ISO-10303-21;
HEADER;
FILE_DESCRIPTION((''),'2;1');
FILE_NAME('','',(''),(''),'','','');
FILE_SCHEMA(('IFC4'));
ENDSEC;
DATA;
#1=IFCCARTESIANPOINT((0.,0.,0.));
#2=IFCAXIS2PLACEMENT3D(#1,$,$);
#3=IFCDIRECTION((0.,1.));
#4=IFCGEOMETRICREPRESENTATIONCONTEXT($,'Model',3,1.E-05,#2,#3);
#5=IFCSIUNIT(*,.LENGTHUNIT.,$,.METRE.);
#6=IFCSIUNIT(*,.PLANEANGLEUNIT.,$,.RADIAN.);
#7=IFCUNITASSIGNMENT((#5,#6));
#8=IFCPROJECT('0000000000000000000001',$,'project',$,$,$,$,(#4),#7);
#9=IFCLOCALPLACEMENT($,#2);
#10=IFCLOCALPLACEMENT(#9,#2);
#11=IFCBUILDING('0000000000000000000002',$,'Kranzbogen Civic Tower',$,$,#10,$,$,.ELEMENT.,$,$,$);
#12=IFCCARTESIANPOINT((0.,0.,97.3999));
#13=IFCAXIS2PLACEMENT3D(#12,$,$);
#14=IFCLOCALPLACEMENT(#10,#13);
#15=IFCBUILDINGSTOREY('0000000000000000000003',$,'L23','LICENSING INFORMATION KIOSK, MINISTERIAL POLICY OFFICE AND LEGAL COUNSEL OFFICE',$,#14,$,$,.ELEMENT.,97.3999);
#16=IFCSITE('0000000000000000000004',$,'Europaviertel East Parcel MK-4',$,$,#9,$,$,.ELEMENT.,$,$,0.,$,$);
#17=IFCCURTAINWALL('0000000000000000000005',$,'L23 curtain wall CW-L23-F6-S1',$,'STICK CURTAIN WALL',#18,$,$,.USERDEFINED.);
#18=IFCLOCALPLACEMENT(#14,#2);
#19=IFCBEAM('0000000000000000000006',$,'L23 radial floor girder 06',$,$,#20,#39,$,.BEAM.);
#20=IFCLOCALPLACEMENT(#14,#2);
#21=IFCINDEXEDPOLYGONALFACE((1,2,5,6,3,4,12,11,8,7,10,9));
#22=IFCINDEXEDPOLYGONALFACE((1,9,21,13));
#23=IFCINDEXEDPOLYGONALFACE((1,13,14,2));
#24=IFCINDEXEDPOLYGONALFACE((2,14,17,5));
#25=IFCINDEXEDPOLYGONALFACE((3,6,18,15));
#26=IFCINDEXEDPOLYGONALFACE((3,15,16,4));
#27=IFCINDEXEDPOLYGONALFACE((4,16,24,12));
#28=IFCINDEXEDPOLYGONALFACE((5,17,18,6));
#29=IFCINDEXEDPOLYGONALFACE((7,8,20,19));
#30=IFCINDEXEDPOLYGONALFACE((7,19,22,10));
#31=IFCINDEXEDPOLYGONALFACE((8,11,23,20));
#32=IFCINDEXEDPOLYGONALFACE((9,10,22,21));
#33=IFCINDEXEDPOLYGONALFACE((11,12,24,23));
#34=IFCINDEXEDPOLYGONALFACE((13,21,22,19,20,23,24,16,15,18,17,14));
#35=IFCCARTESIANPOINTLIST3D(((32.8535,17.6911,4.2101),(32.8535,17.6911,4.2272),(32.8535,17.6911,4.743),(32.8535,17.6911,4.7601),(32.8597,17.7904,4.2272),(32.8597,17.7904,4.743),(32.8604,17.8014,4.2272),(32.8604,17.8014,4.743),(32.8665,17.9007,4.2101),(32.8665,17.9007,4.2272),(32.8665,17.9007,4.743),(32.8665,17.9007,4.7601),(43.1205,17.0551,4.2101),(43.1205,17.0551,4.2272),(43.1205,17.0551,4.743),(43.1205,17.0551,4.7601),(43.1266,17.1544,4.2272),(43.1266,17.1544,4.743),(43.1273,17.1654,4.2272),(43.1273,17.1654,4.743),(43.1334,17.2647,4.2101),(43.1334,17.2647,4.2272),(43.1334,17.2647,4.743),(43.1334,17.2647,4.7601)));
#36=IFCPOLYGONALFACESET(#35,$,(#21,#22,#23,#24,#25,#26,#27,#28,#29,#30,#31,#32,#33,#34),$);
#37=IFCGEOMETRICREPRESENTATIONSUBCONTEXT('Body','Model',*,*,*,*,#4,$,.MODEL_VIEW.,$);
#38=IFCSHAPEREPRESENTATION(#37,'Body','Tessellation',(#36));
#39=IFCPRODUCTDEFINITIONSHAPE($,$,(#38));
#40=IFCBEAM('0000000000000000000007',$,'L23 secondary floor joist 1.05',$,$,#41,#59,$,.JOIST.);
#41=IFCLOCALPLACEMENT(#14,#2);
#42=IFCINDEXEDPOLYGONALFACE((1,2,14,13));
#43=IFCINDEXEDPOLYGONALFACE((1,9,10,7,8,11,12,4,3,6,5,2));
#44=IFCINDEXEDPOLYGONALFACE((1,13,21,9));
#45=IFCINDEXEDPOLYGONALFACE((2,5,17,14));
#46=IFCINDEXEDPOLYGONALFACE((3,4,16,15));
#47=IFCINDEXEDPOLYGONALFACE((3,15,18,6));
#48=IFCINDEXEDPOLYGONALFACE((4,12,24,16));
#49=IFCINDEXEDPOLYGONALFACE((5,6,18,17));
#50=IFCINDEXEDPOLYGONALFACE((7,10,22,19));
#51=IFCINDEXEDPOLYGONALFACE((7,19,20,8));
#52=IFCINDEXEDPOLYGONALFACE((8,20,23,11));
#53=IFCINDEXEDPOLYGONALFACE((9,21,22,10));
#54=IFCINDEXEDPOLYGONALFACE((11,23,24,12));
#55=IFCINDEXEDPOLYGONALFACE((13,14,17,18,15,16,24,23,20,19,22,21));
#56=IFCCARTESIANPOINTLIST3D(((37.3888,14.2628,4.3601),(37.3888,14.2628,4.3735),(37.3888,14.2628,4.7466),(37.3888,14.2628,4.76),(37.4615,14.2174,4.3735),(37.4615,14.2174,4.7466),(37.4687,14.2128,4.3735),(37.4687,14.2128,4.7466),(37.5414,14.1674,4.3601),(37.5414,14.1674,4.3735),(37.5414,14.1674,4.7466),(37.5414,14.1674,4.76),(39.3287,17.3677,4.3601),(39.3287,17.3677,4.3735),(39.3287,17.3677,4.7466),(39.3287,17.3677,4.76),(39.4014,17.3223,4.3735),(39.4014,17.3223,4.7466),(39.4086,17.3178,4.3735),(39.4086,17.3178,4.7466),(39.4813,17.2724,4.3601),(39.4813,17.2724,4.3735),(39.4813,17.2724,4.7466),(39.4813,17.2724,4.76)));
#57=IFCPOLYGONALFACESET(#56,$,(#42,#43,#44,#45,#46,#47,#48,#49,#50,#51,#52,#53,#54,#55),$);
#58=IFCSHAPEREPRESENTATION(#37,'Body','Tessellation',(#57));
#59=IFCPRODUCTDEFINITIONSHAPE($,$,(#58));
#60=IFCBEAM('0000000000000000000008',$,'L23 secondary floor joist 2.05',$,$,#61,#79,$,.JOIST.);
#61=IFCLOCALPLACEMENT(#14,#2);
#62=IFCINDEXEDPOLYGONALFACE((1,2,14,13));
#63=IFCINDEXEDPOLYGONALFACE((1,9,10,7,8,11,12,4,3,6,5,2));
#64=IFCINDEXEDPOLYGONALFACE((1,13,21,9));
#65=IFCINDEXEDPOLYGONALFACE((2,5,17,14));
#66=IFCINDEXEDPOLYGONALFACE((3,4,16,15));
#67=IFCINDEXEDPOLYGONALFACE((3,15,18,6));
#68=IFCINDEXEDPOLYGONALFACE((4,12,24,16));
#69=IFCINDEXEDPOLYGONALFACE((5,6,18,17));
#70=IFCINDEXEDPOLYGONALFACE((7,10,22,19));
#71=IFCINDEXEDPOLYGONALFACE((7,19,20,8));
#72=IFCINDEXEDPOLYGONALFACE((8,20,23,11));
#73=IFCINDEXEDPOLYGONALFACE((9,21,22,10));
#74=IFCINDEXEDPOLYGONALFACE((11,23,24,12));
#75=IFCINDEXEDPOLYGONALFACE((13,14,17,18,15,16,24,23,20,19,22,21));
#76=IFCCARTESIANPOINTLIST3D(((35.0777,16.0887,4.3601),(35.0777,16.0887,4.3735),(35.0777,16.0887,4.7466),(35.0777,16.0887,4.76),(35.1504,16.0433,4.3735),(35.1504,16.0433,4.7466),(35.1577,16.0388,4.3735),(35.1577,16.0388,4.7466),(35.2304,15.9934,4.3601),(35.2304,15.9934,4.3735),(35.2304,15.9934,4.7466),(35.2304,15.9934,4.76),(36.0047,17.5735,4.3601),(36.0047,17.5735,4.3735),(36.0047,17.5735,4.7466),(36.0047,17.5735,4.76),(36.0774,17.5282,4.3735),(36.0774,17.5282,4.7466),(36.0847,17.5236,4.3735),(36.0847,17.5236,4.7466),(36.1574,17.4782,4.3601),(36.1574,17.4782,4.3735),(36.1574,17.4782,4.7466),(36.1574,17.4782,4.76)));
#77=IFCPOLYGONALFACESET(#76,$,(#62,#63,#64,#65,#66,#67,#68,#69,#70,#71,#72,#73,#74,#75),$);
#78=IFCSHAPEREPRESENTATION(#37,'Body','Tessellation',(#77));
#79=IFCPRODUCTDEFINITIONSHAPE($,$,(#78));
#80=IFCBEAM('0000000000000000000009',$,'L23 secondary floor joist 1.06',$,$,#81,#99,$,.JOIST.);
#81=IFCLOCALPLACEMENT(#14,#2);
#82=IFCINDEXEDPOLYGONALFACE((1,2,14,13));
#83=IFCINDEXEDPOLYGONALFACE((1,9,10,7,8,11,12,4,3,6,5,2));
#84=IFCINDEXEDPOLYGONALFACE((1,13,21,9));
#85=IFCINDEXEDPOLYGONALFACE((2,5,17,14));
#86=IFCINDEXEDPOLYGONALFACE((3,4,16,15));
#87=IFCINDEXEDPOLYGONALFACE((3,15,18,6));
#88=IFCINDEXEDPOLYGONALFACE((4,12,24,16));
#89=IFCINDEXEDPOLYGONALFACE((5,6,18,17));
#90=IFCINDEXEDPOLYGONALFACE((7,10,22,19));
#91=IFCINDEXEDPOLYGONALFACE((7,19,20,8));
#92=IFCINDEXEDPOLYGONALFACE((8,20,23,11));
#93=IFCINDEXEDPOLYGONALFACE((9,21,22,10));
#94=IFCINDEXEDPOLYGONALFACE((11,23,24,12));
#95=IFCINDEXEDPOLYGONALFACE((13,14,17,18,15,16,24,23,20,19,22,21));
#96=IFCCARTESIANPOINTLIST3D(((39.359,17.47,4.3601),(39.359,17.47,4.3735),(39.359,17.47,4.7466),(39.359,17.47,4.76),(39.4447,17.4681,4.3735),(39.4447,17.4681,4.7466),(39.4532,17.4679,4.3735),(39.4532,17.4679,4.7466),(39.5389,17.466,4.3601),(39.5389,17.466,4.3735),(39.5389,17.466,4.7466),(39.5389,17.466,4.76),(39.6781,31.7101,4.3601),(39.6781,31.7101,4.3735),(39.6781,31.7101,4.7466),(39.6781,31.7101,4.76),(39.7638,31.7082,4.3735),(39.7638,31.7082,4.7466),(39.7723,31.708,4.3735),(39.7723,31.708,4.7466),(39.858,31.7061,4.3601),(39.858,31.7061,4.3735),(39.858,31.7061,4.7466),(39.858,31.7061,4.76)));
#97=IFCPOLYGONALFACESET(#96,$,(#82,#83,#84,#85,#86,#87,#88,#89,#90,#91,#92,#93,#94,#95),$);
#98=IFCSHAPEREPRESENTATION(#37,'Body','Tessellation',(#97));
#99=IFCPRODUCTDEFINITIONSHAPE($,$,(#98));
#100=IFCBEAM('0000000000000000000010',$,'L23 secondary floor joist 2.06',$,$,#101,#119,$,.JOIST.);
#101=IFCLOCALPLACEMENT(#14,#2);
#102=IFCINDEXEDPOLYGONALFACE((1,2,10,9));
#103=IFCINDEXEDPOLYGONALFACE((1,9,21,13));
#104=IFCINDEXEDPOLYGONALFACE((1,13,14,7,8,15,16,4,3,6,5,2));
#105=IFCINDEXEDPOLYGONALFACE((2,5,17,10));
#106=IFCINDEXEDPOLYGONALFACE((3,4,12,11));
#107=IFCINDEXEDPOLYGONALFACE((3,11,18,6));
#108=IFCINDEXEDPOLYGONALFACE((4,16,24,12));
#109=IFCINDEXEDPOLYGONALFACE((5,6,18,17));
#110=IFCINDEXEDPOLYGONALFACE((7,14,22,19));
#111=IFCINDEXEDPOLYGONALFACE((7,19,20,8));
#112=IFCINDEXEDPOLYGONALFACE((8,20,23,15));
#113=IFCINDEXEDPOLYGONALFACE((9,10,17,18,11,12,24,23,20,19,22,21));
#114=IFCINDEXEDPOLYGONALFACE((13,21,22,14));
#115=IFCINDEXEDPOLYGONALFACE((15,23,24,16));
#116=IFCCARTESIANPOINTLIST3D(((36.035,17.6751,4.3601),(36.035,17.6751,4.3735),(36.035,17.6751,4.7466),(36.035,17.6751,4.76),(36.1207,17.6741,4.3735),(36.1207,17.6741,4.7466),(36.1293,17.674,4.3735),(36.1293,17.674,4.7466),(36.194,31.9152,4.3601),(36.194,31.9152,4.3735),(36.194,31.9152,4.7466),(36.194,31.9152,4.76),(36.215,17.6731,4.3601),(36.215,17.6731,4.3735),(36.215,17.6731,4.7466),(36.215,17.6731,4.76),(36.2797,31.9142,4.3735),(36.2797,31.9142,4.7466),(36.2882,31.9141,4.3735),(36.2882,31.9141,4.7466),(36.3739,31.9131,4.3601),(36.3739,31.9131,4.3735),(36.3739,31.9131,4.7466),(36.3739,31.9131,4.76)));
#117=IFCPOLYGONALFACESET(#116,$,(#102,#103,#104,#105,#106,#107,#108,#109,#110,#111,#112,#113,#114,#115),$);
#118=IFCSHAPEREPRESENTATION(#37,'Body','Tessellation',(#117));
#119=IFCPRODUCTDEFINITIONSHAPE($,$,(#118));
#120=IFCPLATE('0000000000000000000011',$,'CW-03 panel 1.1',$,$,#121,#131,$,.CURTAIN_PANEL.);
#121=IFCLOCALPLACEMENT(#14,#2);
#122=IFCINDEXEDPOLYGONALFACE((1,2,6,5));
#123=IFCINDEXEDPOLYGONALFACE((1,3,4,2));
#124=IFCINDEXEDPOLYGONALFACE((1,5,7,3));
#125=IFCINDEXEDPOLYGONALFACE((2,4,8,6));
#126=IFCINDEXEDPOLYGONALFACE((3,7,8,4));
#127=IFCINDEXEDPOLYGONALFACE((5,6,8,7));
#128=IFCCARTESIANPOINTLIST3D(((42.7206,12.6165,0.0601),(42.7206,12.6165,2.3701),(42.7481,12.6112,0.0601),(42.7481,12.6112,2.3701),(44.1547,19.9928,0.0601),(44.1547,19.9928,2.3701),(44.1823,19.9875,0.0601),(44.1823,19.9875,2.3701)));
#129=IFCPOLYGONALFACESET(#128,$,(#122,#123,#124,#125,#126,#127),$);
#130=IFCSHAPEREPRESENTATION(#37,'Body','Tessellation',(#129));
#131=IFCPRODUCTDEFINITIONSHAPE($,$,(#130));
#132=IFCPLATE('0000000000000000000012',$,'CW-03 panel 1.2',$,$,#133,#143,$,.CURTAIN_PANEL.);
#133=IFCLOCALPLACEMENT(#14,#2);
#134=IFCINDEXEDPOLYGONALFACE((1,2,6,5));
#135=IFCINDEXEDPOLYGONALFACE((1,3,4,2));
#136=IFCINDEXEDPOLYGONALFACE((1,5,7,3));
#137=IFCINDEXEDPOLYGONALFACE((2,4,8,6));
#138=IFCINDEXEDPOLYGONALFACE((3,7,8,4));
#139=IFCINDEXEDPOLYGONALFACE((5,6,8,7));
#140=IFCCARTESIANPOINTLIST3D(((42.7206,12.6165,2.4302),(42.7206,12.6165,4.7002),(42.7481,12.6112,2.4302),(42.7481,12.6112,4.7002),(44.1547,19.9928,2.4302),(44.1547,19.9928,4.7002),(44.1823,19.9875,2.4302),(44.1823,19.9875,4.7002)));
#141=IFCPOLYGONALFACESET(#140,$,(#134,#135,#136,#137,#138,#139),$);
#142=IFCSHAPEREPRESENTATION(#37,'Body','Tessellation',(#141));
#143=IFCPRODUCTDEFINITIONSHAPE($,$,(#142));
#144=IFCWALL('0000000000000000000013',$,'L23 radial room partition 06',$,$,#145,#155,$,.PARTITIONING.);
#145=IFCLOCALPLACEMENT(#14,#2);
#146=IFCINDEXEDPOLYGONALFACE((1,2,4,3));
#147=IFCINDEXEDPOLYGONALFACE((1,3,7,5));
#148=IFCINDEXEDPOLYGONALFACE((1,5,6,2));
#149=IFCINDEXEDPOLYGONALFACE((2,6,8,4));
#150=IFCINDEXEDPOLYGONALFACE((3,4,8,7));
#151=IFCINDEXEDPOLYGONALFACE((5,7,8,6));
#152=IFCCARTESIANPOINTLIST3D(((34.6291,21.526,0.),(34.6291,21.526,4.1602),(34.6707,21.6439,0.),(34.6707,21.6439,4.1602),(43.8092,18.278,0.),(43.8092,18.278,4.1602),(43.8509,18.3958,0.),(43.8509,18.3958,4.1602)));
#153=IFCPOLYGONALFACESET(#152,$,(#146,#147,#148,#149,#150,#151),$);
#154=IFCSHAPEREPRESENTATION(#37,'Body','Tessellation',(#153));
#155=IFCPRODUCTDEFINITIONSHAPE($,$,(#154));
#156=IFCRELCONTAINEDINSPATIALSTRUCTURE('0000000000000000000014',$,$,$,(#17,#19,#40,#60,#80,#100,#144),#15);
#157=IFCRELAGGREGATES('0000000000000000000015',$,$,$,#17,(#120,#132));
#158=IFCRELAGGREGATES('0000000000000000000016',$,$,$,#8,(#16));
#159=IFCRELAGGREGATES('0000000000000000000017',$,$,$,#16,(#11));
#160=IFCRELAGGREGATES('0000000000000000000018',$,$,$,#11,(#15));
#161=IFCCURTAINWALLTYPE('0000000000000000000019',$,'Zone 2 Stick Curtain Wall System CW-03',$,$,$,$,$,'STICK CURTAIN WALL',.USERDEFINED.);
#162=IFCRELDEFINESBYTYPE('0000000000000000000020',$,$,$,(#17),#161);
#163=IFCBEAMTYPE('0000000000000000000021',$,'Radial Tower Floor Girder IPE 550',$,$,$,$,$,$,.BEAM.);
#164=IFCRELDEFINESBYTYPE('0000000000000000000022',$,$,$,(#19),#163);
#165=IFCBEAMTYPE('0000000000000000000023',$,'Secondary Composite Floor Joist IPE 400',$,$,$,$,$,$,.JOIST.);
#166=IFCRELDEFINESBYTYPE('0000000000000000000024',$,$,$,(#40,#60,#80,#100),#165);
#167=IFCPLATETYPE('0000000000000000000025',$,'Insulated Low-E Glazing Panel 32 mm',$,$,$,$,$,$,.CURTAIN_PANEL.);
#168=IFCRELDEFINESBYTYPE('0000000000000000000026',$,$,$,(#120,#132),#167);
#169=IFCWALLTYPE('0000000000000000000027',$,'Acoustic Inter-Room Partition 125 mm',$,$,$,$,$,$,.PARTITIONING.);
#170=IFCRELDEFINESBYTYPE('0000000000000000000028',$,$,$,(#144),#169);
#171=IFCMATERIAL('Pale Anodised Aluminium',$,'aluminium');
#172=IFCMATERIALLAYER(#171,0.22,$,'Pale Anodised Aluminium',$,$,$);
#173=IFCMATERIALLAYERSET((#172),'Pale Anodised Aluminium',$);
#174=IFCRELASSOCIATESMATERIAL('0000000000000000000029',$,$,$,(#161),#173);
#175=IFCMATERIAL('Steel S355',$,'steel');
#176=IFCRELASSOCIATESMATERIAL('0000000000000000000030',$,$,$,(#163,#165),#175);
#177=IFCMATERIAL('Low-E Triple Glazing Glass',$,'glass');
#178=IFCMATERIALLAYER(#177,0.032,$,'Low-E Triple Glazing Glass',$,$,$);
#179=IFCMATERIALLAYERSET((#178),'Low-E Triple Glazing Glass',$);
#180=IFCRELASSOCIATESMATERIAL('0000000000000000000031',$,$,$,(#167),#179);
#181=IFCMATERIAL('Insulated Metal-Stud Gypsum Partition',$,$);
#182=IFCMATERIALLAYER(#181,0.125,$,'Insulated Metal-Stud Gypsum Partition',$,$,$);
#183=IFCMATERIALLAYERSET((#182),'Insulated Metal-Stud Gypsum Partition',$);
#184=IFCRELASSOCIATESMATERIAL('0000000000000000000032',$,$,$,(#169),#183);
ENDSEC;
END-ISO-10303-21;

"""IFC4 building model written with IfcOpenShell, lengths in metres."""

from ifc_helpers import new_model, si_unit, direction, frame, frame_2d, origin, origin_2d, place, context, subcontext, project, spatial, rectangle, i_section, extrude, material, layer, layer_set, material_profile, profile_set, type_object, element, aggregate, save


model = new_model("IFC4")

# Units and contexts
model_context = context("Model", 3, precision=1e-05, world=origin(), true_north=direction((0.0, 1.0)))
body_context = subcontext(model_context, "Body", "Model", "MODEL_VIEW")
ifc_project = project(units=[si_unit("LENGTHUNIT", "METRE"), si_unit("PLANEANGLEUNIT", "RADIAN")], contexts=[model_context])

# Site, building, storey
site_placement = place(None, origin())
site = spatial("IfcSite", under=ifc_project, at=site_placement, Name="Europaviertel East Parcel MK-4", CompositionType="ELEMENT", RefElevation=0.0)
building_placement = place(site_placement, origin())
building = spatial("IfcBuilding", under=site, at=building_placement, Name="Kranzbogen Civic Tower", CompositionType="ELEMENT")
storey_placement = place(building_placement, frame((0.0, 0.0, 97.3999)))
storey = spatial("IfcBuildingStorey", under=building, at=storey_placement, Name="L23", Description="LICENSING INFORMATION KIOSK, MINISTERIAL POLICY OFFICE AND LEGAL COUNSEL OFFICE", CompositionType="ELEMENT", Elevation=97.3999)

# Curtain wall
ifc_material_1 = material(Name="Pale Anodised Aluminium", Category="aluminium")
ifc_layer_1 = layer(ifc_material_1, 0.22, Name="Pale Anodised Aluminium")
ifc_layer_set_1 = layer_set([ifc_layer_1], Name="Pale Anodised Aluminium")
curtain_wall_type = type_object("IfcCurtainWallType", Name="Zone 2 Stick Curtain Wall System CW-03", ElementType="STICK CURTAIN WALL", PredefinedType="USERDEFINED", material=ifc_layer_set_1)
curtain_wall_1_placement = place(storey_placement, origin())
curtain_wall_1 = element("IfcCurtainWall", 1, at=curtain_wall_1_placement, inside=storey, type_object=curtain_wall_type, Name="L23 curtain wall CW-L23-F6-S1", ObjectType="STICK CURTAIN WALL", PredefinedType="USERDEFINED")

# Beams
ifc_material_2 = material(Name="Steel S355", Category="steel")
ifc_material_profile_1 = material_profile(ifc_material_2, i_section(OverallWidth=0.21, OverallDepth=0.55, WebThickness=0.011, FlangeThickness=0.0171, at=origin_2d()), Name="IPE 550")
ifc_profile_set_1 = profile_set([ifc_material_profile_1], Name="Steel S355")
beam_type_1 = type_object("IfcBeamType", Name="Radial Tower Floor Girder IPE 550", PredefinedType="BEAM", material=ifc_profile_set_1)
beam_1_placement = place(storey_placement, frame((43.127, 17.1599, 4.4851), z_axis=(-0.998087, 0.061827, 0.0), x_axis=(-0.061827, -0.998087, 0.0)))
element("IfcBeam", 2, at=beam_1_placement, inside=storey, type_object=beam_type_1, Name="L23 radial floor girder 06", PredefinedType="BEAM", context=body_context, shape_type="SweptSolid", body=[
    extrude(i_section(OverallWidth=0.21, OverallDepth=0.55, WebThickness=0.011, FlangeThickness=0.0171, at=origin_2d()), origin(), (0.0, 0.0, 1.0), 10.2866),
])
ifc_material_profile_2 = material_profile(ifc_material_2, i_section(OverallWidth=0.1799, OverallDepth=0.3999, WebThickness=0.0085, FlangeThickness=0.0134, at=origin_2d()), Name="IPE 400")
ifc_profile_set_2 = profile_set([ifc_material_profile_2], Name="Steel S355")
beam_type_2 = type_object("IfcBeamType", Name="Secondary Composite Floor Joist IPE 400", PredefinedType="JOIST", material=ifc_profile_set_2)
beam_2_placement = place(storey_placement, frame((37.4651, 14.2151, 4.5601), z_axis=(0.529867, 0.848081, 0.0), x_axis=(-0.848081, 0.529867, 0.0)))
element("IfcBeam", 3, at=beam_2_placement, inside=storey, type_object=beam_type_2, Name="L23 secondary floor joist 1.05", PredefinedType="JOIST", context=body_context, shape_type="SweptSolid", body=[
    extrude(i_section(OverallWidth=0.1799, OverallDepth=0.3999, WebThickness=0.0085, FlangeThickness=0.0134, at=origin_2d()), origin(), (0.0, 0.0, 1.0), 3.6611),
])
beam_3_placement = place(storey_placement, frame((35.1541, 16.041, 4.5601), z_axis=(0.529573, 0.848265, 0.0), x_axis=(-0.848265, 0.529573, 0.0)))
element("IfcBeam", 4, at=beam_3_placement, inside=storey, type_object=beam_type_2, Name="L23 secondary floor joist 2.05", PredefinedType="JOIST", context=body_context, shape_type="SweptSolid", body=[
    extrude(i_section(OverallWidth=0.1799, OverallDepth=0.3999, WebThickness=0.0085, FlangeThickness=0.0134, at=origin_2d()), origin(), (0.0, 0.0, 1.0), 1.7505),
])
beam_4_placement = place(storey_placement, frame((39.449, 17.468, 4.5601), z_axis=(0.022403, 0.999749, 0.0), x_axis=(-0.999749, 0.022403, 0.0)))
element("IfcBeam", 5, at=beam_4_placement, inside=storey, type_object=beam_type_2, Name="L23 secondary floor joist 1.06", PredefinedType="JOIST", context=body_context, shape_type="SweptSolid", body=[
    extrude(i_section(OverallWidth=0.1799, OverallDepth=0.3999, WebThickness=0.0085, FlangeThickness=0.0134, at=origin_2d()), origin(), (0.0, 0.0, 1.0), 14.2437),
])
beam_5_placement = place(storey_placement, frame((36.125, 17.6741, 4.5601), z_axis=(0.011161, 0.999938, 0.0), x_axis=(-0.999938, 0.011161, 0.0)))
element("IfcBeam", 6, at=beam_5_placement, inside=storey, type_object=beam_type_2, Name="L23 secondary floor joist 2.06", PredefinedType="JOIST", context=body_context, shape_type="SweptSolid", body=[
    extrude(i_section(OverallWidth=0.1799, OverallDepth=0.3999, WebThickness=0.0085, FlangeThickness=0.0134, at=origin_2d()), origin(), (0.0, 0.0, 1.0), 14.241),
])

# Plates
ifc_material_3 = material(Name="Low-E Triple Glazing Glass", Category="glass")
ifc_layer_2 = layer(ifc_material_3, 0.032, Name="Low-E Triple Glazing Glass")
ifc_layer_set_2 = layer_set([ifc_layer_2], Name="Low-E Triple Glazing Glass")
plate_type = type_object("IfcPlateType", Name="Insulated Low-E Glazing Panel 32 mm", PredefinedType="CURTAIN_PANEL", material=ifc_layer_set_2)
plate_1_placement = place(storey_placement, frame((43.4514, 16.302, 0.0601), z_axis=(0.0, 0.0, 1.0), x_axis=(0.190849, 0.981619, 0.0)))
plate_1 = element("IfcPlate", 7, at=plate_1_placement, type_object=plate_type, Name="CW-03 panel 1.1", PredefinedType="CURTAIN_PANEL", context=body_context, shape_type="SweptSolid", body=[
    extrude(rectangle(XDim=7.5144, YDim=0.0281, at=origin_2d()), origin(), (0.0, 0.0, 1.0), 2.3101),
])
plate_2_placement = place(storey_placement, frame((43.4514, 16.302, 2.4302), z_axis=(0.0, 0.0, 1.0), x_axis=(0.190849, 0.981619, 0.0)))
plate_2 = element("IfcPlate", 8, at=plate_2_placement, type_object=plate_type, Name="CW-03 panel 1.2", PredefinedType="CURTAIN_PANEL", context=body_context, shape_type="SweptSolid", body=[
    extrude(rectangle(XDim=7.5144, YDim=0.0281, at=origin_2d()), origin(), (0.0, 0.0, 1.0), 2.27),
])
aggregate(curtain_wall_1, [plate_1, plate_2])

# Wall
ifc_material_4 = material(Name="Insulated Metal-Stud Gypsum Partition")
ifc_layer_3 = layer(ifc_material_4, 0.125, Name="Insulated Metal-Stud Gypsum Partition")
ifc_layer_set_3 = layer_set([ifc_layer_3], Name="Insulated Metal-Stud Gypsum Partition")
wall_type_1 = type_object("IfcWallType", Name="Acoustic Inter-Room Partition 125 mm", PredefinedType="PARTITIONING", material=ifc_layer_set_3)
wall_1_placement = place(storey_placement, frame((34.6499, 21.585, 0.0), z_axis=(0.0, 0.0, 1.0), x_axis=(0.942733, -0.333549, 0.0)))
element("IfcWall", 9, at=wall_1_placement, inside=storey, type_object=wall_type_1, Name="L23 radial room partition 06", PredefinedType="PARTITIONING", context=body_context, shape_type="SweptSolid", body=[
    extrude(rectangle(XDim=9.7378, YDim=0.125, at=frame_2d((4.8689, 0.0))), origin(), (0.0, 0.0, 1.0), 4.1602),
])

save(model, "model.ifc")
